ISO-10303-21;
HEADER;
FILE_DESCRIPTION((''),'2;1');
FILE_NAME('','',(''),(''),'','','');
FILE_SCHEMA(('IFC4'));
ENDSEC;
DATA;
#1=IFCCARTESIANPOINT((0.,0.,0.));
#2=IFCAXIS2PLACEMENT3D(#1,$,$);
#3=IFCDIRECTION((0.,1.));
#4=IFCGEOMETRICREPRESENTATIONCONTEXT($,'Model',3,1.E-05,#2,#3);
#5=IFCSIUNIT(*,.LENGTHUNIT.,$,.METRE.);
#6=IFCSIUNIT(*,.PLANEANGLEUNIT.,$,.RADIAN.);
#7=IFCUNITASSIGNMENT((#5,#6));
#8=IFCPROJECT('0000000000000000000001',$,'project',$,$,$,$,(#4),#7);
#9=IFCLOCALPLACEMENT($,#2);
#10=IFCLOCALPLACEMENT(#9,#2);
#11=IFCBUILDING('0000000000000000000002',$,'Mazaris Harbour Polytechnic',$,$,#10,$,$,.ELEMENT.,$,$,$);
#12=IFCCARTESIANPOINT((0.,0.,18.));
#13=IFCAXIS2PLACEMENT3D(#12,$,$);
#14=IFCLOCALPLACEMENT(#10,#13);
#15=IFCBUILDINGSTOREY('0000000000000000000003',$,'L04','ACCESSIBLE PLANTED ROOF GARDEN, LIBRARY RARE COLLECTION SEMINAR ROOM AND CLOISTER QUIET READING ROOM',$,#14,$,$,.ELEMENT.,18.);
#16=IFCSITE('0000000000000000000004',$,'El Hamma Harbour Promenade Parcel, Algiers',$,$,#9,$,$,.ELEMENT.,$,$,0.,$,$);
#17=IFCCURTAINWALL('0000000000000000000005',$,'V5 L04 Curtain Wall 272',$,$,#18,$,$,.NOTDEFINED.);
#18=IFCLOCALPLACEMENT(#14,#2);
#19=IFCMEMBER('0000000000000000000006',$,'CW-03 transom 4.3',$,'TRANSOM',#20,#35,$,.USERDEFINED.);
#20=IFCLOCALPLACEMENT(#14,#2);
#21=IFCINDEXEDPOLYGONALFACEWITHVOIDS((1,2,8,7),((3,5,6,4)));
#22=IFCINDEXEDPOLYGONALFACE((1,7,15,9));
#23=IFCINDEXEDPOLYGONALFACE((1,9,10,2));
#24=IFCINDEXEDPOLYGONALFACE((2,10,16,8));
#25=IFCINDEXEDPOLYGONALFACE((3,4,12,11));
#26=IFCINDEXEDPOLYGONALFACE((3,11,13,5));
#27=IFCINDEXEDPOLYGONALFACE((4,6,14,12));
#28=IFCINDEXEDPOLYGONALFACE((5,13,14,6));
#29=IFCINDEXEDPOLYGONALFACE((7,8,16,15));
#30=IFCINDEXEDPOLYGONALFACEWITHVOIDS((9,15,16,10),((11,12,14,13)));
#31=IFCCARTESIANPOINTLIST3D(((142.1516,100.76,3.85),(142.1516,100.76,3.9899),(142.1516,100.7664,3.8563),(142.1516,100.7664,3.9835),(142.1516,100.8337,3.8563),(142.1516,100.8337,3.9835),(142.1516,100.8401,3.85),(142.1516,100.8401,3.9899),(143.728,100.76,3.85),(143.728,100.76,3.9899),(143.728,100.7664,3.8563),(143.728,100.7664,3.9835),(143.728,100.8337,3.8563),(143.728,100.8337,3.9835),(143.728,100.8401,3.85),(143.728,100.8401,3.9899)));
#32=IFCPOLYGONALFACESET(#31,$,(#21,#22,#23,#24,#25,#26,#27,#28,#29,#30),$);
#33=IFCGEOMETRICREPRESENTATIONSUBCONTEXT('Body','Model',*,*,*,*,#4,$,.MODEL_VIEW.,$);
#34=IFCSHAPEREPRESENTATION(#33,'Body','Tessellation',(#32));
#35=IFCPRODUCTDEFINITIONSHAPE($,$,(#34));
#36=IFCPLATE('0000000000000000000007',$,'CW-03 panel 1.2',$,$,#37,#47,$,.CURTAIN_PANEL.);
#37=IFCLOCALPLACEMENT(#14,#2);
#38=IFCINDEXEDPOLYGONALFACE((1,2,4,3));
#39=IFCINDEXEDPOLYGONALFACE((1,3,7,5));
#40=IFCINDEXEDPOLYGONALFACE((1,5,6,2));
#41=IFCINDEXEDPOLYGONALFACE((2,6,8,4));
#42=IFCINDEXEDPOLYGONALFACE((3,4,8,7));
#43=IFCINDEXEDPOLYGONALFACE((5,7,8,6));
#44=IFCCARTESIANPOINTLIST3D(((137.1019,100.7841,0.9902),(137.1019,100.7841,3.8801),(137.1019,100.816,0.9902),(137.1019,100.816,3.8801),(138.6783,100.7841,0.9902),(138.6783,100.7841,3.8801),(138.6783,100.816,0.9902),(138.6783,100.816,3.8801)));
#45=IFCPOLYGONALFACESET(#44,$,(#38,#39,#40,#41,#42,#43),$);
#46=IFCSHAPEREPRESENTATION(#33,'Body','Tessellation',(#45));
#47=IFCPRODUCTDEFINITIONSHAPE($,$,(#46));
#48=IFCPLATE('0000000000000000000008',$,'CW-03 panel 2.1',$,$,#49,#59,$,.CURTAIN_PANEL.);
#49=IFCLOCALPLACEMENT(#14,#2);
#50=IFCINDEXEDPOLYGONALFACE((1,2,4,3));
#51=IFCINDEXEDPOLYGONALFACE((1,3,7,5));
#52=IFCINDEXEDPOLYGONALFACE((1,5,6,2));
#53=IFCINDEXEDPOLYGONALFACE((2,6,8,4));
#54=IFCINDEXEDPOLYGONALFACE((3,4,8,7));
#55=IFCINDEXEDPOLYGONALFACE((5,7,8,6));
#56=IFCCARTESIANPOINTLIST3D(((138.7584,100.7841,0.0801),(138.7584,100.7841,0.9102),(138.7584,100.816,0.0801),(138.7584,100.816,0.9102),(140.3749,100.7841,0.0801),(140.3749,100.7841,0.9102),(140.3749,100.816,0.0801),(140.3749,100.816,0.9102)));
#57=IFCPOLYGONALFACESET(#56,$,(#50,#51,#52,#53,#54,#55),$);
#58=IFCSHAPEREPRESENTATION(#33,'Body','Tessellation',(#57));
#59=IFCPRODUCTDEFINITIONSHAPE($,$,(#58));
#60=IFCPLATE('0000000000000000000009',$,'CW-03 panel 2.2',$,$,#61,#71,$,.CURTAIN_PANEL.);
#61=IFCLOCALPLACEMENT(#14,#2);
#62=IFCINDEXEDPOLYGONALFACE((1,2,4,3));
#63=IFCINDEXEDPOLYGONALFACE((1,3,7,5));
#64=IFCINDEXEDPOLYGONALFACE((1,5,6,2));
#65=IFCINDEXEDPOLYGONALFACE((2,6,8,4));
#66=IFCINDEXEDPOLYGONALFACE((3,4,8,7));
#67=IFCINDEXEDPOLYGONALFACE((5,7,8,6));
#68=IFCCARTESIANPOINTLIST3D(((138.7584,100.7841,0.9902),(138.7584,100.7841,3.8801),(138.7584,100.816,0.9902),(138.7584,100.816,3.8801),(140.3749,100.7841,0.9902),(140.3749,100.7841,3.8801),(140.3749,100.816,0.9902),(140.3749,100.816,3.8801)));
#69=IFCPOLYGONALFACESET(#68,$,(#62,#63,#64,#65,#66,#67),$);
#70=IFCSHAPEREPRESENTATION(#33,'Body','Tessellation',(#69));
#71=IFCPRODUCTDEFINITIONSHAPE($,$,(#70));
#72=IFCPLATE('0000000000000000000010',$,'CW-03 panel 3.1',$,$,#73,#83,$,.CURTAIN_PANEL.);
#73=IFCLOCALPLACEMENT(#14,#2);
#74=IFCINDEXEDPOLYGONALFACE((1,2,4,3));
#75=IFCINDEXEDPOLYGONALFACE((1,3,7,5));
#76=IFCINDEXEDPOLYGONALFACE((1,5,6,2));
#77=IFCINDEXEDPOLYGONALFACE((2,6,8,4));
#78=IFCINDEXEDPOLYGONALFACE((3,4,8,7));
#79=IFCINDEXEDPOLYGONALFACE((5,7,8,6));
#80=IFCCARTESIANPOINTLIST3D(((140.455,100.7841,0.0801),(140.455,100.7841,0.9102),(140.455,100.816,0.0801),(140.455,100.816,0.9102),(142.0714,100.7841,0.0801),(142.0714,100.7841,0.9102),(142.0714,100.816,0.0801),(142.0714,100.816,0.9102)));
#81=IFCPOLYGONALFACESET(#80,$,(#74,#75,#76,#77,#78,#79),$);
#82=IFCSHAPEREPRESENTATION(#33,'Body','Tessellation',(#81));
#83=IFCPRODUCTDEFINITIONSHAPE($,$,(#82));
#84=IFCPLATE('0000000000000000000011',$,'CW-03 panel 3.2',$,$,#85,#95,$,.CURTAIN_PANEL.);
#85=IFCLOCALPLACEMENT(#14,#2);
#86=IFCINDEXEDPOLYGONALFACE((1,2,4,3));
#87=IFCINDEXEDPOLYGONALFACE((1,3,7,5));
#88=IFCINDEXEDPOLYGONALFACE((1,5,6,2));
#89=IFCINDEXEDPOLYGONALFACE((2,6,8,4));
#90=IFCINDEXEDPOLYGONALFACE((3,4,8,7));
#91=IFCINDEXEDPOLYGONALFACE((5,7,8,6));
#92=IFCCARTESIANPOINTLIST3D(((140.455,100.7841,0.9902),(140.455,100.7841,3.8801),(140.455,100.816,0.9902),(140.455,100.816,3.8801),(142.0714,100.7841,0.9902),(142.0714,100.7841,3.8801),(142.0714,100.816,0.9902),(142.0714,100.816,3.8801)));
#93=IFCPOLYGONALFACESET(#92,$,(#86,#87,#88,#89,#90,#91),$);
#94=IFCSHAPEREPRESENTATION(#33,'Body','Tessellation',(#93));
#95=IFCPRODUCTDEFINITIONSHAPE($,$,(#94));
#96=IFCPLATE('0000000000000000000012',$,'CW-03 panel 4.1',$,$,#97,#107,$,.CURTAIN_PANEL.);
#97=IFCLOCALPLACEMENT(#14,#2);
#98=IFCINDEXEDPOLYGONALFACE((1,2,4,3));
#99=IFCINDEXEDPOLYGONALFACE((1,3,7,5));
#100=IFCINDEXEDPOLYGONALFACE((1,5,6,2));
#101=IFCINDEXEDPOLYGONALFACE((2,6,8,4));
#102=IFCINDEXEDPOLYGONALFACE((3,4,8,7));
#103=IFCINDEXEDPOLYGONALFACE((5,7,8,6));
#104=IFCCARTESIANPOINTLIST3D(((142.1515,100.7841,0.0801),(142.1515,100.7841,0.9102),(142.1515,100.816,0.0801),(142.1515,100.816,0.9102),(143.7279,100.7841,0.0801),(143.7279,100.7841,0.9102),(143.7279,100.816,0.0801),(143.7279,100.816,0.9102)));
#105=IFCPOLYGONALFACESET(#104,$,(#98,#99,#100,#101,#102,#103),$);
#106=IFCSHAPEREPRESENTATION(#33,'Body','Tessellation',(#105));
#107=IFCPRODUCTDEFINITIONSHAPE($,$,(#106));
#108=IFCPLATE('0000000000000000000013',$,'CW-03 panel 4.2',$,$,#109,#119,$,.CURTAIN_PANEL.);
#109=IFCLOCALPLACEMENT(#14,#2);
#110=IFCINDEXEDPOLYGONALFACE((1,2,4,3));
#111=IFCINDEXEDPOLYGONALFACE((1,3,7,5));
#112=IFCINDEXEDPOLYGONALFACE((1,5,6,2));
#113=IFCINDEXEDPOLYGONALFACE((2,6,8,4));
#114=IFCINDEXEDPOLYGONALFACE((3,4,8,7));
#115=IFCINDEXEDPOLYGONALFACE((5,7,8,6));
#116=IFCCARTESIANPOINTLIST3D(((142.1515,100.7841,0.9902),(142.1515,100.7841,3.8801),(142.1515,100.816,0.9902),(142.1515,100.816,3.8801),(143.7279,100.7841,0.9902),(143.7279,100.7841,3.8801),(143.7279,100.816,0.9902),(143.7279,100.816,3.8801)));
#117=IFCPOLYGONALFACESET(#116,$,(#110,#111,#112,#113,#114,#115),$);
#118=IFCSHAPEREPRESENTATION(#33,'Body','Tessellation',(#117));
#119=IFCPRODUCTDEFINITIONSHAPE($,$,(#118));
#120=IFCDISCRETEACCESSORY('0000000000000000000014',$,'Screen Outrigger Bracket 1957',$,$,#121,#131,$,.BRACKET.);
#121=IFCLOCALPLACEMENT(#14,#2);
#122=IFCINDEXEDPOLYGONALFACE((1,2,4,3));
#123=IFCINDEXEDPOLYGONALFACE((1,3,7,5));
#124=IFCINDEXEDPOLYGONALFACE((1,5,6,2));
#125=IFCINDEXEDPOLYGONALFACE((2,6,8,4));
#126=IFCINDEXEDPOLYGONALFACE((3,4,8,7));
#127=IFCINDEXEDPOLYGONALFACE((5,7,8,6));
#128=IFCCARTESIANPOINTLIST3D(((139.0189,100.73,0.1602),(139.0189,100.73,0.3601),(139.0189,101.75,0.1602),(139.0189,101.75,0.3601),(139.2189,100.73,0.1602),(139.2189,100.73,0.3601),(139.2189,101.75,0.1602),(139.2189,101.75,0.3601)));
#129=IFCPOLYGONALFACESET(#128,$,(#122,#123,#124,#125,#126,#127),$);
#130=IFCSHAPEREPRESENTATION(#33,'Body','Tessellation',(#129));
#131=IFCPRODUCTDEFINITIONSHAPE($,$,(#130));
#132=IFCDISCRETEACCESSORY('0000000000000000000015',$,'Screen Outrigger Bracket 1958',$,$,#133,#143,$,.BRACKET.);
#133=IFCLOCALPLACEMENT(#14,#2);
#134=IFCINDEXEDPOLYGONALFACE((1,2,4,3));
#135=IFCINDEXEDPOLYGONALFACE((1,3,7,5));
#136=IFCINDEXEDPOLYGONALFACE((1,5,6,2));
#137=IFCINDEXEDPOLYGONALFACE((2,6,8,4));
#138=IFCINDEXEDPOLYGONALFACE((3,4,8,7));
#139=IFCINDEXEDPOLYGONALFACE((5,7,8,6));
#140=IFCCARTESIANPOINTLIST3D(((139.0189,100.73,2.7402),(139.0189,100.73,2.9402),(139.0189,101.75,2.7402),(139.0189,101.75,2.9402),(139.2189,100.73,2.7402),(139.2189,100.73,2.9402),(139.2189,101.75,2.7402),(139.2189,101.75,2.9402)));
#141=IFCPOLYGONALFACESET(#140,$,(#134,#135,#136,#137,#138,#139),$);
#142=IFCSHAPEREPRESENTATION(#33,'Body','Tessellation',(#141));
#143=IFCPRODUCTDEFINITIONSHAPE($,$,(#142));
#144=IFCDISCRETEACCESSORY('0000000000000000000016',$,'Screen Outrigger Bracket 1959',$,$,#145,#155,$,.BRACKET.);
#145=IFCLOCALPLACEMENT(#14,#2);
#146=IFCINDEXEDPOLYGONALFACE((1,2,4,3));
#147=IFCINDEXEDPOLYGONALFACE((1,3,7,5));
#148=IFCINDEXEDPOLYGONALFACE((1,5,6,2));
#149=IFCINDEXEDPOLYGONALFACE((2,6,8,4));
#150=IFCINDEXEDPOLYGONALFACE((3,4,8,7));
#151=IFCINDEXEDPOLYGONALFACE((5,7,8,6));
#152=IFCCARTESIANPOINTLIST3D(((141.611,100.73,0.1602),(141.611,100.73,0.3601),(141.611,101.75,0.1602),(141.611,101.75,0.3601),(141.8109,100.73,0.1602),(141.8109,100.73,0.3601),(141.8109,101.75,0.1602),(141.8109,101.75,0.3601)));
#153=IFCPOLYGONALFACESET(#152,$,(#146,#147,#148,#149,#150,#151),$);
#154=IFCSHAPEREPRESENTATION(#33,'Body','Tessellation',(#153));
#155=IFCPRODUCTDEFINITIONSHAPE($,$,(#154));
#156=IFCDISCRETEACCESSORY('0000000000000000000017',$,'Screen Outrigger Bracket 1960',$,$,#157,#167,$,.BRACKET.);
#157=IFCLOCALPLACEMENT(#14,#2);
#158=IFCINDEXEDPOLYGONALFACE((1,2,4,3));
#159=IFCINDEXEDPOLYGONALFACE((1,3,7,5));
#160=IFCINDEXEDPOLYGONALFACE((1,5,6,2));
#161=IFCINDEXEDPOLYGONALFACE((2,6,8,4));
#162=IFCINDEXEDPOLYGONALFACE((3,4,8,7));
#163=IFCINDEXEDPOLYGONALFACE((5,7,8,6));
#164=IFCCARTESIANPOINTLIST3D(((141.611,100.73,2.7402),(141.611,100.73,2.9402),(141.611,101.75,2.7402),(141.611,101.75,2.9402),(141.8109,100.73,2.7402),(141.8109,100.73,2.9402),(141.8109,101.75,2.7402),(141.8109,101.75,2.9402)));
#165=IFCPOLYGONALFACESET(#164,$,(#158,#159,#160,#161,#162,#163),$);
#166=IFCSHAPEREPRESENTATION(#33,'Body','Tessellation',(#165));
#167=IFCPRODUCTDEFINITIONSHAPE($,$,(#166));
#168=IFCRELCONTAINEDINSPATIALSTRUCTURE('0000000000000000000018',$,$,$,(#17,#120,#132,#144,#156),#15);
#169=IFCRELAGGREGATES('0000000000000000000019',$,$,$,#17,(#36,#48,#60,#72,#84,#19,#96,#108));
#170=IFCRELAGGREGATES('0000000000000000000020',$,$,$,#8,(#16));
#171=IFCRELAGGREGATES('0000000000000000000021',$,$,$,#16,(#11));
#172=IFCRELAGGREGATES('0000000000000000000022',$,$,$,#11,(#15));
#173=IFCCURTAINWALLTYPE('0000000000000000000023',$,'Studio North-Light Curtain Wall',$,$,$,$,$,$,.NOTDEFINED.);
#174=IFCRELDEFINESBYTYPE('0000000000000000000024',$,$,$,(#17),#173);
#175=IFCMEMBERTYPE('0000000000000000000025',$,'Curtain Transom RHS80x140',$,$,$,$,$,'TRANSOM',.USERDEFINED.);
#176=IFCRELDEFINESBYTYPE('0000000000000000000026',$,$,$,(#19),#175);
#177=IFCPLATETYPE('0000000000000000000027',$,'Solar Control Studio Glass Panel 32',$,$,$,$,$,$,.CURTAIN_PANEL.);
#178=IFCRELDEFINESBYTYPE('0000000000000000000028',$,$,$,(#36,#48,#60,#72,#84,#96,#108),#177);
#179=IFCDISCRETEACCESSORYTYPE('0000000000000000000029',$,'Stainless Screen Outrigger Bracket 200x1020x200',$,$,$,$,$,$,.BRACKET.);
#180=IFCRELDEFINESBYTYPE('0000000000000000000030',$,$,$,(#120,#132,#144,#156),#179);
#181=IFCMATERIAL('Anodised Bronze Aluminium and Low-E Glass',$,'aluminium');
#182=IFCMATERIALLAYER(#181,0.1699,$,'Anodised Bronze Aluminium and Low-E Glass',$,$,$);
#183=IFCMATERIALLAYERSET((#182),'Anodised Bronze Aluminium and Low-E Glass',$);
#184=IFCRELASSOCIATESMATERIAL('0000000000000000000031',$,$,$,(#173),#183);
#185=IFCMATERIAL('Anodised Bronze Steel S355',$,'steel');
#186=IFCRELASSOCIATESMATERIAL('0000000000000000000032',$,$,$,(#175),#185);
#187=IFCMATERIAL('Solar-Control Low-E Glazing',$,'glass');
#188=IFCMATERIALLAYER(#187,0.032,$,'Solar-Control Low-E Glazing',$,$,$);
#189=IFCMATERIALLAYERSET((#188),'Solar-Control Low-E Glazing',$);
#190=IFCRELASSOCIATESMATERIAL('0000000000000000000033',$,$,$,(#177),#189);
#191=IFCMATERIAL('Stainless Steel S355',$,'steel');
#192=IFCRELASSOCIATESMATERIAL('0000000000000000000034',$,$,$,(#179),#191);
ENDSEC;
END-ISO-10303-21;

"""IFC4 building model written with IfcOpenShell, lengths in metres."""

from ifc_helpers import new_model, si_unit, direction, frame, origin, origin_2d, place, context, subcontext, project, spatial, rectangle, hollow_rectangle, extrude, material, layer, layer_set, material_profile, profile_set, type_object, element, aggregate, save


model = new_model("IFC4")

# Units and contexts
model_context = context("Model", 3, precision=1e-05, world=origin(), true_north=direction((0.0, 1.0)))
body_context = subcontext(model_context, "Body", "Model", "MODEL_VIEW")
ifc_project = project(units=[si_unit("LENGTHUNIT", "METRE"), si_unit("PLANEANGLEUNIT", "RADIAN")], contexts=[model_context])

# Site, building, storey
site_placement = place(None, origin())
site = spatial("IfcSite", under=ifc_project, at=site_placement, Name="El Hamma Harbour Promenade Parcel, Algiers", CompositionType="ELEMENT", RefElevation=0.0)
building_placement = place(site_placement, origin())
building = spatial("IfcBuilding", under=site, at=building_placement, Name="Mazaris Harbour Polytechnic", CompositionType="ELEMENT")
storey_placement = place(building_placement, frame((0.0, 0.0, 18.0)))
storey = spatial("IfcBuildingStorey", under=building, at=storey_placement, Name="L04", Description="ACCESSIBLE PLANTED ROOF GARDEN, LIBRARY RARE COLLECTION SEMINAR ROOM AND CLOISTER QUIET READING ROOM", CompositionType="ELEMENT", Elevation=18.0)

# Curtain wall, member, plates
ifc_material_1 = material(Name="Anodised Bronze Aluminium and Low-E Glass", Category="aluminium")
ifc_layer_1 = layer(ifc_material_1, 0.1699, Name="Anodised Bronze Aluminium and Low-E Glass")
ifc_layer_set_1 = layer_set([ifc_layer_1], Name="Anodised Bronze Aluminium and Low-E Glass")
curtain_wall_type = type_object("IfcCurtainWallType", Name="Studio North-Light Curtain Wall", PredefinedType="NOTDEFINED", material=ifc_layer_set_1)
curtain_wall_placement = place(storey_placement, origin())
curtain_wall = element("IfcCurtainWall", 1, at=curtain_wall_placement, inside=storey, type_object=curtain_wall_type, Name="V5 L04 Curtain Wall 272", PredefinedType="NOTDEFINED")
ifc_material_2 = material(Name="Anodised Bronze Steel S355", Category="steel")
ifc_material_profile_1 = material_profile(ifc_material_2, hollow_rectangle(XDim=0.0801, YDim=0.1399, WallThickness=0.0063, at=origin_2d()), Name="RHS 80x140x6.3")
ifc_profile_set_1 = profile_set([ifc_material_profile_1], Name="Anodised Bronze Steel S355")
member_type_1 = type_object("IfcMemberType", Name="Curtain Transom RHS80x140", ElementType="TRANSOM", PredefinedType="USERDEFINED", material=ifc_profile_set_1)
member_1_placement = place(storey_placement, frame((142.1516, 100.8, 3.9199), z_axis=(1.0, 0.0, 0.0), x_axis=(0.0, 1.0, 0.0)))
member_1 = element("IfcMember", 2, at=member_1_placement, type_object=member_type_1, Name="CW-03 transom 4.3", ObjectType="TRANSOM", PredefinedType="USERDEFINED", context=body_context, shape_type="SweptSolid", body=[
    extrude(hollow_rectangle(XDim=0.0801, YDim=0.1399, WallThickness=0.0063, at=origin_2d()), origin(), (0.0, 0.0, 1.0), 1.5764),
])
ifc_material_3 = material(Name="Solar-Control Low-E Glazing", Category="glass")
ifc_layer_2 = layer(ifc_material_3, 0.032, Name="Solar-Control Low-E Glazing")
ifc_layer_set_2 = layer_set([ifc_layer_2], Name="Solar-Control Low-E Glazing")
plate_type = type_object("IfcPlateType", Name="Solar Control Studio Glass Panel 32", PredefinedType="CURTAIN_PANEL", material=ifc_layer_set_2)
plate_1_placement = place(storey_placement, frame((137.8901, 100.8, 0.9902), z_axis=(0.0, 0.0, 1.0), x_axis=(1.0, 0.0, 0.0)))
plate_1 = element("IfcPlate", 3, at=plate_1_placement, type_object=plate_type, Name="CW-03 panel 1.2", PredefinedType="CURTAIN_PANEL", context=body_context, shape_type="SweptSolid", body=[
    extrude(rectangle(XDim=1.5764, YDim=0.032, at=origin_2d()), origin(), (0.0, 0.0, 1.0), 2.8899),
])
plate_2_placement = place(storey_placement, frame((139.5667, 100.8, 0.0801), z_axis=(0.0, 0.0, 1.0), x_axis=(1.0, 0.0, 0.0)))
plate_2 = element("IfcPlate", 4, at=plate_2_placement, type_object=plate_type, Name="CW-03 panel 2.1", PredefinedType="CURTAIN_PANEL", context=body_context, shape_type="SweptSolid", body=[
    extrude(rectangle(XDim=1.6165, YDim=0.032, at=origin_2d()), origin(), (0.0, 0.0, 1.0), 0.8301),
])
plate_3_placement = place(storey_placement, frame((139.5667, 100.8, 0.9902), z_axis=(0.0, 0.0, 1.0), x_axis=(1.0, 0.0, 0.0)))
plate_3 = element("IfcPlate", 5, at=plate_3_placement, type_object=plate_type, Name="CW-03 panel 2.2", PredefinedType="CURTAIN_PANEL", context=body_context, shape_type="SweptSolid", body=[
    extrude(rectangle(XDim=1.6165, YDim=0.032, at=origin_2d()), origin(), (0.0, 0.0, 1.0), 2.8899),
])
plate_4_placement = place(storey_placement, frame((141.2632, 100.8, 0.0801), z_axis=(0.0, 0.0, 1.0), x_axis=(1.0, 0.0, 0.0)))
plate_4 = element("IfcPlate", 6, at=plate_4_placement, type_object=plate_type, Name="CW-03 panel 3.1", PredefinedType="CURTAIN_PANEL", context=body_context, shape_type="SweptSolid", body=[
    extrude(rectangle(XDim=1.6165, YDim=0.032, at=origin_2d()), origin(), (0.0, 0.0, 1.0), 0.8301),
])
plate_5_placement = place(storey_placement, frame((141.2632, 100.8, 0.9902), z_axis=(0.0, 0.0, 1.0), x_axis=(1.0, 0.0, 0.0)))
plate_5 = element("IfcPlate", 7, at=plate_5_placement, type_object=plate_type, Name="CW-03 panel 3.2", PredefinedType="CURTAIN_PANEL", context=body_context, shape_type="SweptSolid", body=[
    extrude(rectangle(XDim=1.6165, YDim=0.032, at=origin_2d()), origin(), (0.0, 0.0, 1.0), 2.8899),
])
plate_6_placement = place(storey_placement, frame((142.9397, 100.8, 0.0801), z_axis=(0.0, 0.0, 1.0), x_axis=(1.0, 0.0, 0.0)))
plate_6 = element("IfcPlate", 8, at=plate_6_placement, type_object=plate_type, Name="CW-03 panel 4.1", PredefinedType="CURTAIN_PANEL", context=body_context, shape_type="SweptSolid", body=[
    extrude(rectangle(XDim=1.5764, YDim=0.032, at=origin_2d()), origin(), (0.0, 0.0, 1.0), 0.8301),
])
plate_7_placement = place(storey_placement, frame((142.9397, 100.8, 0.9902), z_axis=(0.0, 0.0, 1.0), x_axis=(1.0, 0.0, 0.0)))
plate_7 = element("IfcPlate", 9, at=plate_7_placement, type_object=plate_type, Name="CW-03 panel 4.2", PredefinedType="CURTAIN_PANEL", context=body_context, shape_type="SweptSolid", body=[
    extrude(rectangle(XDim=1.5764, YDim=0.032, at=origin_2d()), origin(), (0.0, 0.0, 1.0), 2.8899),
])
aggregate(curtain_wall, [plate_1, plate_2, plate_3, plate_4, plate_5, member_1, plate_6, plate_7])

# Discrete accessories
ifc_material_4 = material(Name="Stainless Steel S355", Category="steel")
discrete_accessory_type = type_object("IfcDiscreteAccessoryType", Name="Stainless Screen Outrigger Bracket 200x1020x200", PredefinedType="BRACKET", material=ifc_material_4)
for number, where, z_axis, x_axis, name in (
    (10, (139.1189, 101.24, 0.1602), (0.0, 0.0, 1.0), (1.0, 0.0, 0.0), "Screen Outrigger Bracket 1957"),
    (11, (139.1189, 101.24, 2.7402), (0.0, 0.0, 1.0), (1.0, 0.0, 0.0), "Screen Outrigger Bracket 1958"),
    (12, (141.7109, 101.24, 0.1602), (0.0, 0.0, 1.0), (1.0, 0.0, 0.0), "Screen Outrigger Bracket 1959"),
    (13, (141.7109, 101.24, 2.7402), (0.0, 0.0, 1.0), (1.0, 0.0, 0.0), "Screen Outrigger Bracket 1960"),
):
    element("IfcDiscreteAccessory", number, at=place(storey_placement, frame(where, z_axis=z_axis, x_axis=x_axis)), inside=storey, type_object=discrete_accessory_type, Name=name, PredefinedType="BRACKET", context=body_context, shape_type="SweptSolid", body=[
        extrude(rectangle(XDim=0.2, YDim=1.02, at=origin_2d()), origin(), (0.0, 0.0, 1.0), 0.2),
    ])

save(model, "model.ifc")
